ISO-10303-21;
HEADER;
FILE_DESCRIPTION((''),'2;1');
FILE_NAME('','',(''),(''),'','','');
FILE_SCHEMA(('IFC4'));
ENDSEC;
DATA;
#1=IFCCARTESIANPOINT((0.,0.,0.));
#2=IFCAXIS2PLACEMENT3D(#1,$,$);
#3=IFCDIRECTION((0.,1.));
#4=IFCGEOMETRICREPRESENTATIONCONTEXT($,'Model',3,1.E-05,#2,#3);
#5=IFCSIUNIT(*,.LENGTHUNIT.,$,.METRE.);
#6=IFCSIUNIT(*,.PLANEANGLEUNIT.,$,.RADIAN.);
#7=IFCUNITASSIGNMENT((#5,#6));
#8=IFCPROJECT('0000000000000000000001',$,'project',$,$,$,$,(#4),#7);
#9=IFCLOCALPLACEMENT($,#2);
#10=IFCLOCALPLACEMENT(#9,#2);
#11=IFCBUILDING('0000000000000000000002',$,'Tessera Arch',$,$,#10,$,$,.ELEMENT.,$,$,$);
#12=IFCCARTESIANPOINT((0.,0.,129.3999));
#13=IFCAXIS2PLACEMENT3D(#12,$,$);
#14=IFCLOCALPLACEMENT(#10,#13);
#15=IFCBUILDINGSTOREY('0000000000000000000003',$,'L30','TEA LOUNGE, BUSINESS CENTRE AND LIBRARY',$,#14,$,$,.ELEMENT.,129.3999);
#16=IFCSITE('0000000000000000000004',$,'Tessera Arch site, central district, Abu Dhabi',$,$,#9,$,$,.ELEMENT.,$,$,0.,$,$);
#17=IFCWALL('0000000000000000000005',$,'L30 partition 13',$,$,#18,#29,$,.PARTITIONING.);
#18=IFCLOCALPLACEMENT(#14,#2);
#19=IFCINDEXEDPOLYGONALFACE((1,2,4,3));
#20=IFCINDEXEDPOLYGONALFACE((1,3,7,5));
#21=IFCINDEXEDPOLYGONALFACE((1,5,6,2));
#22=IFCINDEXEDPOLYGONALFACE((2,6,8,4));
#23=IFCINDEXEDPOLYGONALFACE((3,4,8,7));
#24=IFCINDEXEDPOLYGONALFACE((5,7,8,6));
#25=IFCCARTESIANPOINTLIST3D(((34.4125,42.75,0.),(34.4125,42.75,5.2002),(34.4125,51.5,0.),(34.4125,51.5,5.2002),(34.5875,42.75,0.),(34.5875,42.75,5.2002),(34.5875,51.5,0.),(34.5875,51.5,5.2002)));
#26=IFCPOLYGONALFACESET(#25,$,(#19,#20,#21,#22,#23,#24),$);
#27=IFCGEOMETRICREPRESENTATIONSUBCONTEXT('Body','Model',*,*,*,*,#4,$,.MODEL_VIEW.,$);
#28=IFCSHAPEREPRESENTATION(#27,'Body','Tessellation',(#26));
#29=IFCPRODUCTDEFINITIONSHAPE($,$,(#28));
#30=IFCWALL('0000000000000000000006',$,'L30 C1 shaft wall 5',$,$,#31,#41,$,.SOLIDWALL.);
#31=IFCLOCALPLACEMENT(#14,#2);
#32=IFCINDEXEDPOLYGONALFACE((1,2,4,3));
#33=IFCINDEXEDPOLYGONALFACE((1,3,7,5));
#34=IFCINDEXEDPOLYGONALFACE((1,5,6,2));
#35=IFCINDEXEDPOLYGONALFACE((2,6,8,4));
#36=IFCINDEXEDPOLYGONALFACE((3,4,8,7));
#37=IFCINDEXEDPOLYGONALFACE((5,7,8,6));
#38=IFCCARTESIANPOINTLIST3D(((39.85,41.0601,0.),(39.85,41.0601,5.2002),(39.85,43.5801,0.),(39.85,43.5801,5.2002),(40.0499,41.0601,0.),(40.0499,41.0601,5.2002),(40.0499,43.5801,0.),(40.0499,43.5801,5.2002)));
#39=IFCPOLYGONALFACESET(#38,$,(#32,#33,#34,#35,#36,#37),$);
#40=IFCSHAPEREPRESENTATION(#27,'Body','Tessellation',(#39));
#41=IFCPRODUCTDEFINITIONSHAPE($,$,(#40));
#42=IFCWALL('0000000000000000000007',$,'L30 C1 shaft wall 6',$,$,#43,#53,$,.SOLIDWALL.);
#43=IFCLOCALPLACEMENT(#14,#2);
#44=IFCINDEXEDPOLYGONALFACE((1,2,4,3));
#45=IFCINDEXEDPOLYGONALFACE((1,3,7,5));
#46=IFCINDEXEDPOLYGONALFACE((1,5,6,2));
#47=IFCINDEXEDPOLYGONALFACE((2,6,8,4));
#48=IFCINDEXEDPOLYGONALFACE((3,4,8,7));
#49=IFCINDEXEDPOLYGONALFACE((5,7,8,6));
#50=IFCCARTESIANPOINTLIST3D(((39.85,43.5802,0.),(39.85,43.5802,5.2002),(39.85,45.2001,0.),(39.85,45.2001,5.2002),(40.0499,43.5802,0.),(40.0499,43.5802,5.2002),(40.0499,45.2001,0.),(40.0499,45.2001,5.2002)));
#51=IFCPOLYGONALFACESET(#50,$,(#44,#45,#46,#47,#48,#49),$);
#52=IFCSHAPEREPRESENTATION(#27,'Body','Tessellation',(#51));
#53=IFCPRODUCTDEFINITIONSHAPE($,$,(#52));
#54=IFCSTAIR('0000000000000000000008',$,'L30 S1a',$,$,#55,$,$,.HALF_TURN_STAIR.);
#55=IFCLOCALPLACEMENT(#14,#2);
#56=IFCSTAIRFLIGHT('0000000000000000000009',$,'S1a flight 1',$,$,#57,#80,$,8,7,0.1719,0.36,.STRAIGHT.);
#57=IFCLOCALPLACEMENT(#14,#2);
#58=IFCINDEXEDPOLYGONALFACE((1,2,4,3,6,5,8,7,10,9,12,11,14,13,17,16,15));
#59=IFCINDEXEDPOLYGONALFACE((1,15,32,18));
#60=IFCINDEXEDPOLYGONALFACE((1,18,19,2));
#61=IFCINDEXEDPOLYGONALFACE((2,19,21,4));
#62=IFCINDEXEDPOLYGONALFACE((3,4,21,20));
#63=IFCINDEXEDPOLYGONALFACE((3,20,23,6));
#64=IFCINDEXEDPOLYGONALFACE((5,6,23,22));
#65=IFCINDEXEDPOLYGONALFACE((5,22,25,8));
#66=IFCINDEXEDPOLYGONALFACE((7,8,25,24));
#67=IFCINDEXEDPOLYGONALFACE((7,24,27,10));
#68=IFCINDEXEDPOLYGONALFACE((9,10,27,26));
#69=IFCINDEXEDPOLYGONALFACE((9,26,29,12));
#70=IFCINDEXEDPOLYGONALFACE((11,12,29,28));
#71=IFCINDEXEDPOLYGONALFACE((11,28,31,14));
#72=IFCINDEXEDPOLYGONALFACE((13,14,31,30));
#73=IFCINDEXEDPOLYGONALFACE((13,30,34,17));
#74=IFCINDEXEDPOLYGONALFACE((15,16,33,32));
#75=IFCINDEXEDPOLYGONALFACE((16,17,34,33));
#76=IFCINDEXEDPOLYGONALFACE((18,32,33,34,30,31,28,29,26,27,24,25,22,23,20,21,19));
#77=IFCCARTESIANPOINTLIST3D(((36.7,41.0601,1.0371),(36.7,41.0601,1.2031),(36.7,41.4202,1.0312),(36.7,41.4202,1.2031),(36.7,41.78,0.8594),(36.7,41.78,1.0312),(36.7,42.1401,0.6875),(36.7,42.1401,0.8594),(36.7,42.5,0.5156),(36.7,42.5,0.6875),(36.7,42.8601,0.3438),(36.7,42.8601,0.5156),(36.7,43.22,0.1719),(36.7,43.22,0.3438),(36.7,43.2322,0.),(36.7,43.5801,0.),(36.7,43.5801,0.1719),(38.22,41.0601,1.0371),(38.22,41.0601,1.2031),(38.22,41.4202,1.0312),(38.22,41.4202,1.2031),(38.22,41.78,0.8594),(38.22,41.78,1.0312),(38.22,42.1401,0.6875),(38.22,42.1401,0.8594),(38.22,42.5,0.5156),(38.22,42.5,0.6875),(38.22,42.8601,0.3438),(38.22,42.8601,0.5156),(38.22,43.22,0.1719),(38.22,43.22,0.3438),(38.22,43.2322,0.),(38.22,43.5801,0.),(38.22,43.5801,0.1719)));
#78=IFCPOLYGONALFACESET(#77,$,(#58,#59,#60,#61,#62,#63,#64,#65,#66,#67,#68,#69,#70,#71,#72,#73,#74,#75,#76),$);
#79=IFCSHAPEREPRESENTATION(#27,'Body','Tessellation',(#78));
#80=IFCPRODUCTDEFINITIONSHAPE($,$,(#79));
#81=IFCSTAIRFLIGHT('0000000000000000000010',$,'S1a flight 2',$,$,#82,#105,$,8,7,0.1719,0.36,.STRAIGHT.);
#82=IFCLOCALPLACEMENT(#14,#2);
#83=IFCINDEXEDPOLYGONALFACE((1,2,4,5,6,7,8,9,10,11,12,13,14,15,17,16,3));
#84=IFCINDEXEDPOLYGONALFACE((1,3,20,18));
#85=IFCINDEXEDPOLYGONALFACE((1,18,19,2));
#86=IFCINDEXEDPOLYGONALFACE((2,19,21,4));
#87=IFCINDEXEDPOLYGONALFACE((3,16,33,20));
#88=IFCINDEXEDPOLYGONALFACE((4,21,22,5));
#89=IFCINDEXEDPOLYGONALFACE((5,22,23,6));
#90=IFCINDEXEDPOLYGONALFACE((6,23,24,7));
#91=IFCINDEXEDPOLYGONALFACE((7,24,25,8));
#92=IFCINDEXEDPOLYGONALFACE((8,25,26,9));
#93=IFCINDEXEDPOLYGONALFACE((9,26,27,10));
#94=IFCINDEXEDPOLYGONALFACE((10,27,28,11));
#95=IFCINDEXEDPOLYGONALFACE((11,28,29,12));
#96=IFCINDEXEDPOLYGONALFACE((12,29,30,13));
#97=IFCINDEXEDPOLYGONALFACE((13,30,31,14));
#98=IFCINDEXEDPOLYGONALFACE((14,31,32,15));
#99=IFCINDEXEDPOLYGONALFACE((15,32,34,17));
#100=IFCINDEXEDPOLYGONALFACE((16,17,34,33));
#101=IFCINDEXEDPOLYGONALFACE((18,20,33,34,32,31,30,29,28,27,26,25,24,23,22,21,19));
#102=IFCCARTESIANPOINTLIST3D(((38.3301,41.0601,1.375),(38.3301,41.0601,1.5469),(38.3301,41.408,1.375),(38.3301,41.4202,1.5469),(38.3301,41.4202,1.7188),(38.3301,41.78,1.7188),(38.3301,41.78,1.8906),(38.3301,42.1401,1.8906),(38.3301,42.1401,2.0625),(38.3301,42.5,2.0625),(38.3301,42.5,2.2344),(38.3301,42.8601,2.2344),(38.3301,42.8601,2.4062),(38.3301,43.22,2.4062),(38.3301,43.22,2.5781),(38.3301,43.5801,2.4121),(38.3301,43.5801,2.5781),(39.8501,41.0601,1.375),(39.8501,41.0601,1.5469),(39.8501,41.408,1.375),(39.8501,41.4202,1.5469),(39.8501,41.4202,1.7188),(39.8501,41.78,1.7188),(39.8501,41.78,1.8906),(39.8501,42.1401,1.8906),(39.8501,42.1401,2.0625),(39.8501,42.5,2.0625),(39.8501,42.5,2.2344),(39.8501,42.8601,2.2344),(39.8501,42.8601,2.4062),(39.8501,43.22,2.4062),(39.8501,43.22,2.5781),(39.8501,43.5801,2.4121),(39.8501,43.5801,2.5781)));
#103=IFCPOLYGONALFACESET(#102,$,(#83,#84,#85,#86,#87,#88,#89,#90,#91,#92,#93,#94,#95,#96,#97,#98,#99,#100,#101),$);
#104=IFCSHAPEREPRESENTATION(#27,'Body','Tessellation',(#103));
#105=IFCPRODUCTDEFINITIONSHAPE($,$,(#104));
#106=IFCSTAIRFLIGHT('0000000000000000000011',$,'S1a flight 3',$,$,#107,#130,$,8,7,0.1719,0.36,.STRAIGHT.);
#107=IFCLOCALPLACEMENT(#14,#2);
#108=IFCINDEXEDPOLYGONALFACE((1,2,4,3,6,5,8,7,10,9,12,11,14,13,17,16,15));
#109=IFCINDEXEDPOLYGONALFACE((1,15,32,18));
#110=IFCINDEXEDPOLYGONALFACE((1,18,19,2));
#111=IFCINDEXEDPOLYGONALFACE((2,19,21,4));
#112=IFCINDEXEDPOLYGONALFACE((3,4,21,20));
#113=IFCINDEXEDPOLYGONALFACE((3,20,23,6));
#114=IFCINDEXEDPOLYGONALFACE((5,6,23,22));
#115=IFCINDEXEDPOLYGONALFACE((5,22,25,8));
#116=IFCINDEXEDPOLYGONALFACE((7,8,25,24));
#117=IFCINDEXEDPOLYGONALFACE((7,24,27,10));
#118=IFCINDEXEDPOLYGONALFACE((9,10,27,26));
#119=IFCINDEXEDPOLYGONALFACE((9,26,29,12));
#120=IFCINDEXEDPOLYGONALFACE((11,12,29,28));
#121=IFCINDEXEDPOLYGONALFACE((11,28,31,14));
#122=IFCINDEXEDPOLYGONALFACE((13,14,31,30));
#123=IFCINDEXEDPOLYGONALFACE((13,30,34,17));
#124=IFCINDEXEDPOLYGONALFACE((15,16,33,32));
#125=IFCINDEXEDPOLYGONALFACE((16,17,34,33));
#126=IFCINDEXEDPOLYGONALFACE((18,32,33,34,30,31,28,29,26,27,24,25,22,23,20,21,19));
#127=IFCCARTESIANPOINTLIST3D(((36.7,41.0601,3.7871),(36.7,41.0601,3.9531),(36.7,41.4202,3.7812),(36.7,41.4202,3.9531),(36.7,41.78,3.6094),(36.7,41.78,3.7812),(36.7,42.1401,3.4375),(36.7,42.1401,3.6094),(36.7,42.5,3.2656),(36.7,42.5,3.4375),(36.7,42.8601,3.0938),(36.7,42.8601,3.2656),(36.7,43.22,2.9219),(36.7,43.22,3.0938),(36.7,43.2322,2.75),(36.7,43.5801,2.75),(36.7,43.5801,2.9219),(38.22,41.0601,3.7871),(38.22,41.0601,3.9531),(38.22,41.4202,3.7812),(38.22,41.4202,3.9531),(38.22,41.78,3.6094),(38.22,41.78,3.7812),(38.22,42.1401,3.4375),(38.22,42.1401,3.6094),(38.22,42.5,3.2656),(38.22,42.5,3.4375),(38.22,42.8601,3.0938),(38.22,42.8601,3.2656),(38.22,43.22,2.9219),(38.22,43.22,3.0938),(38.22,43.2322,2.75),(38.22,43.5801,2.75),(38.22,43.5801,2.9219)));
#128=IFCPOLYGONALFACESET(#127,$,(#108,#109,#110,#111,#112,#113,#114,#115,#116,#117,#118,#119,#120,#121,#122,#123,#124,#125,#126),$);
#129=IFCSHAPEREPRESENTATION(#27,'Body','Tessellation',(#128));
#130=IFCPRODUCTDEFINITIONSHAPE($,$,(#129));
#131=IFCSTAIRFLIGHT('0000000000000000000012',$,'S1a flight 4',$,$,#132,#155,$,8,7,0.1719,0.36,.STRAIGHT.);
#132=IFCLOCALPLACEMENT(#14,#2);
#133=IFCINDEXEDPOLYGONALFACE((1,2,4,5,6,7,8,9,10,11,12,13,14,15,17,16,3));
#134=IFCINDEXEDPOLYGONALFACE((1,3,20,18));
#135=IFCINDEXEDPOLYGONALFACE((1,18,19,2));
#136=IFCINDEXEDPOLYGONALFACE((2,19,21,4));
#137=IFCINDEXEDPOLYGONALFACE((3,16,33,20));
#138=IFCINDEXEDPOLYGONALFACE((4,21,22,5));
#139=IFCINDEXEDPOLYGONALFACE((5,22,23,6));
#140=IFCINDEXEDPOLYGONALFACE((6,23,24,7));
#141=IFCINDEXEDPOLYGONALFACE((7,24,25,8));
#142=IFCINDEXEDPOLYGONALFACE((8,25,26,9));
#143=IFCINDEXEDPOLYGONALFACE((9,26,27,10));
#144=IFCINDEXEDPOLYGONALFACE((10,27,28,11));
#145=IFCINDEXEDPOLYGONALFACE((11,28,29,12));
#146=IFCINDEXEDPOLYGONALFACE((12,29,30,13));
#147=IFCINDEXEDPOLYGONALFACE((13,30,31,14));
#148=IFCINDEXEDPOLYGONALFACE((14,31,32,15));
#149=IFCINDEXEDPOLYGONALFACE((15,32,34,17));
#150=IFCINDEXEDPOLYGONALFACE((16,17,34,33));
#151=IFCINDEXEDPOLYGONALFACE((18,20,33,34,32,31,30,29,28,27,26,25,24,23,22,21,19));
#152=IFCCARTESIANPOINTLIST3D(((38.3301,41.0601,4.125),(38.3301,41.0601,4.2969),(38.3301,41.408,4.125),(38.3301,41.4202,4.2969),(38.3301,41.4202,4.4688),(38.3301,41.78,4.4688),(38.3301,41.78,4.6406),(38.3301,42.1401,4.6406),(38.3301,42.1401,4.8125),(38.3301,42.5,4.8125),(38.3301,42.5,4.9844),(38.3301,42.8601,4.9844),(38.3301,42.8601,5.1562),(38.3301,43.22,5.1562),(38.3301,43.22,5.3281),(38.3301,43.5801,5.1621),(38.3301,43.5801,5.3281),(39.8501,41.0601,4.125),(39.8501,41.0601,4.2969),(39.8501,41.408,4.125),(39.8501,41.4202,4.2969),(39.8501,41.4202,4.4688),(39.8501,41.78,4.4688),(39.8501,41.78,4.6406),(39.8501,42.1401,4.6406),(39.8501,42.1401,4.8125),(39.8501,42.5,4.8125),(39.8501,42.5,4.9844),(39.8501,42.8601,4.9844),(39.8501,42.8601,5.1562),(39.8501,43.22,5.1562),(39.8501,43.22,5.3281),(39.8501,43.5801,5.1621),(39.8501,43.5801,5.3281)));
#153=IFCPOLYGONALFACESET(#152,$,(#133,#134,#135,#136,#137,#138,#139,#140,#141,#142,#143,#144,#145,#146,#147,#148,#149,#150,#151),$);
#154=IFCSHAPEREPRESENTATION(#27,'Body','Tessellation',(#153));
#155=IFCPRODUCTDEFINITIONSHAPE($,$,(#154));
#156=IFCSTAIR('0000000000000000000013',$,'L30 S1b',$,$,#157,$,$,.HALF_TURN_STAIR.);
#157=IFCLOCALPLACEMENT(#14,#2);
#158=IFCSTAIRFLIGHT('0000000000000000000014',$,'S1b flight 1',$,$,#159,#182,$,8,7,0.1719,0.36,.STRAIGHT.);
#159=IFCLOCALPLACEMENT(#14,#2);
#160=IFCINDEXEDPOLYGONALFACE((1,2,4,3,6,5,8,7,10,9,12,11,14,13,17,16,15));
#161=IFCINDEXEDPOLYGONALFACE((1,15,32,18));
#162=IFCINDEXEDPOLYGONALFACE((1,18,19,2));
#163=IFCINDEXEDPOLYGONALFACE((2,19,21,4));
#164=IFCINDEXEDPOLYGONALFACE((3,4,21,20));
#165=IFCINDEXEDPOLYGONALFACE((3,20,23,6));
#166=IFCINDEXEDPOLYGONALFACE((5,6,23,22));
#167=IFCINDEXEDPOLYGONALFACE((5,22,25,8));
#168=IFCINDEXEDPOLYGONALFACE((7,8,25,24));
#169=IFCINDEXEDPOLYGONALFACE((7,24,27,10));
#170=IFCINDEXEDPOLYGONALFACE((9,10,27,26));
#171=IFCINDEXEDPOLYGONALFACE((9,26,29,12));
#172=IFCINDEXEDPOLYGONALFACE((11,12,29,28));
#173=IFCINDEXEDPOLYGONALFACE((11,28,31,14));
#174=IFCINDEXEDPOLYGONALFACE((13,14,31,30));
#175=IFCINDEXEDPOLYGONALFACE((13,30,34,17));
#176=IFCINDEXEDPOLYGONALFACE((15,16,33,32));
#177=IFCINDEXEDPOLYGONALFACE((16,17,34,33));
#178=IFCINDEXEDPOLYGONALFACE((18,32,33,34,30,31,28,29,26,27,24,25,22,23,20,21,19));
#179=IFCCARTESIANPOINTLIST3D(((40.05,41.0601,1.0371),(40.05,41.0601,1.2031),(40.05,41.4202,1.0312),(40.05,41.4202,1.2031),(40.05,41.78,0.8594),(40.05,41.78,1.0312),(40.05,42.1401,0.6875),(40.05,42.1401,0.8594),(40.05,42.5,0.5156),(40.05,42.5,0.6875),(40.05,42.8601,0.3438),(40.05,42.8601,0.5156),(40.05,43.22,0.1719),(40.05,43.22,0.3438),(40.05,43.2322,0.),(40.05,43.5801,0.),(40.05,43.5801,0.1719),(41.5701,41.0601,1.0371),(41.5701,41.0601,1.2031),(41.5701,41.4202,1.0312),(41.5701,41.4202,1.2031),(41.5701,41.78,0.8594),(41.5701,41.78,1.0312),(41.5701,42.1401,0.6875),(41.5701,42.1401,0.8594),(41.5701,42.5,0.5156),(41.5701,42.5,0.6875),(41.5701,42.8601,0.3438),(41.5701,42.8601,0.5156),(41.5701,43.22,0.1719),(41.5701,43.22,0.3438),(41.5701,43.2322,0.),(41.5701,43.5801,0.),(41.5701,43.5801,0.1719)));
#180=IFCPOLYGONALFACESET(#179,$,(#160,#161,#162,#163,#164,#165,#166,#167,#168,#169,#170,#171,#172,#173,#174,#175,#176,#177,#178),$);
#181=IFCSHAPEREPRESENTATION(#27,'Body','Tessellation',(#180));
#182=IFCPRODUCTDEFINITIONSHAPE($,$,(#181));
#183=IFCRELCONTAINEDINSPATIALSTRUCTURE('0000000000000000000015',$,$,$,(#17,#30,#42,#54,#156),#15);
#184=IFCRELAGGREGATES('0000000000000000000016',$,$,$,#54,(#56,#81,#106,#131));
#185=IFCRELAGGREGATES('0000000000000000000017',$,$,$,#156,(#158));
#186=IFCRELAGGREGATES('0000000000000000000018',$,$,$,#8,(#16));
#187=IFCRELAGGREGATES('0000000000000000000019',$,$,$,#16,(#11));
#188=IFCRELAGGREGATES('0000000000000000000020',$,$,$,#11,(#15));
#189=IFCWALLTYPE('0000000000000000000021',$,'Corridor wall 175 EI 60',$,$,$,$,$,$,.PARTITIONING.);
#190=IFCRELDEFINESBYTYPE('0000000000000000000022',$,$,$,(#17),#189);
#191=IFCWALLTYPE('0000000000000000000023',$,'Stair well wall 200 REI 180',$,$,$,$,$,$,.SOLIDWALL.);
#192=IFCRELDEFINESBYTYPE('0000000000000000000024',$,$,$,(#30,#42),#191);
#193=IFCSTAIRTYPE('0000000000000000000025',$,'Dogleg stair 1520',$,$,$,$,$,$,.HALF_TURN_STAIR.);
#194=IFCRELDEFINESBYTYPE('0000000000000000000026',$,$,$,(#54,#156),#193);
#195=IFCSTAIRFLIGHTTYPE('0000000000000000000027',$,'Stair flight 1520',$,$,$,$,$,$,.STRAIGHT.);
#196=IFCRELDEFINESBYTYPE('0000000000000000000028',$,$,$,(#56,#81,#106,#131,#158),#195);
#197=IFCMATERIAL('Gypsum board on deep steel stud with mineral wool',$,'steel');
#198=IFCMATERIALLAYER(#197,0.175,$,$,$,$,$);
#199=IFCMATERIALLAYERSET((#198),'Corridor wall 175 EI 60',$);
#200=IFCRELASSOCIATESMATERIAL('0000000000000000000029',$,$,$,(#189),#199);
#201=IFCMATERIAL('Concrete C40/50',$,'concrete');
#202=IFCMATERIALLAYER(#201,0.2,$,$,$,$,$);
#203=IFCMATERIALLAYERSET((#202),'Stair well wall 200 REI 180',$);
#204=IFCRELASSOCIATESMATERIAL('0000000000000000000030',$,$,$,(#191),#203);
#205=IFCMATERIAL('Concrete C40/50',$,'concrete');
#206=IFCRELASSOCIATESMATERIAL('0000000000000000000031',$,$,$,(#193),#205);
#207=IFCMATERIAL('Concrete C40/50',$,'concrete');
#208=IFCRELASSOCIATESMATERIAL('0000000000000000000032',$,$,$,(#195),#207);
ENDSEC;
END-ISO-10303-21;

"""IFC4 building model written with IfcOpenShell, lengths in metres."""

from ifc_helpers import new_model, si_unit, direction, frame, frame_2d, origin, place, context, subcontext, project, spatial, polyline, rectangle, outline, extrude, material, layer, layer_set, type_object, element, aggregate, save


model = new_model("IFC4")

# Units and contexts
model_context = context("Model", 3, precision=1e-05, world=origin(), true_north=direction((0.0, 1.0)))
body_context = subcontext(model_context, "Body", "Model", "MODEL_VIEW")
ifc_project = project(units=[si_unit("LENGTHUNIT", "METRE"), si_unit("PLANEANGLEUNIT", "RADIAN")], contexts=[model_context])

# Site, building, storey
site_placement = place(None, origin())
site = spatial("IfcSite", under=ifc_project, at=site_placement, Name="Tessera Arch site, central district, Abu Dhabi", CompositionType="ELEMENT", RefElevation=0.0)
building_placement = place(site_placement, origin())
building = spatial("IfcBuilding", under=site, at=building_placement, Name="Tessera Arch", CompositionType="ELEMENT")
storey_placement = place(building_placement, frame((0.0, 0.0, 129.3999)))
storey = spatial("IfcBuildingStorey", under=building, at=storey_placement, Name="L30", Description="TEA LOUNGE, BUSINESS CENTRE AND LIBRARY", CompositionType="ELEMENT", Elevation=129.3999)

# Walls
ifc_material_1 = material(Name="Gypsum board on deep steel stud with mineral wool", Category="steel")
ifc_layer_1 = layer(ifc_material_1, 0.175)
ifc_layer_set_1 = layer_set([ifc_layer_1], Name="Corridor wall 175 EI 60")
wall_type_1 = type_object("IfcWallType", Name="Corridor wall 175 EI 60", PredefinedType="PARTITIONING", material=ifc_layer_set_1)
wall_1_placement = place(storey_placement, frame((34.5, 42.75, 0.0), z_axis=(0.0, 0.0, 1.0), x_axis=(0.0, 1.0, 0.0)))
element("IfcWall", 1, at=wall_1_placement, inside=storey, type_object=wall_type_1, Name="L30 partition 13", PredefinedType="PARTITIONING", context=body_context, shape_type="SweptSolid", body=[
    extrude(rectangle(XDim=8.75, YDim=0.175, at=frame_2d((4.375, 0.0))), origin(), (0.0, 0.0, 1.0), 5.2002),
])
ifc_material_2 = material(Name="Concrete C40/50", Category="concrete")
ifc_layer_2 = layer(ifc_material_2, 0.2)
ifc_layer_set_2 = layer_set([ifc_layer_2], Name="Stair well wall 200 REI 180")
wall_type_2 = type_object("IfcWallType", Name="Stair well wall 200 REI 180", PredefinedType="SOLIDWALL", material=ifc_layer_set_2)
wall_2_placement = place(storey_placement, frame((39.95, 41.0601, 0.0), z_axis=(0.0, 0.0, 1.0), x_axis=(0.0, 1.0, 0.0)))
element("IfcWall", 2, at=wall_2_placement, inside=storey, type_object=wall_type_2, Name="L30 C1 shaft wall 5", PredefinedType="SOLIDWALL", context=body_context, shape_type="SweptSolid", body=[
    extrude(rectangle(XDim=2.52, YDim=0.2, at=frame_2d((1.26, 0.0))), origin(), (0.0, 0.0, 1.0), 5.2002),
])
wall_3_placement = place(storey_placement, frame((39.95, 43.5801, 0.0), z_axis=(0.0, 0.0, 1.0), x_axis=(0.0, 1.0, 0.0)))
element("IfcWall", 3, at=wall_3_placement, inside=storey, type_object=wall_type_2, Name="L30 C1 shaft wall 6", PredefinedType="SOLIDWALL", context=body_context, shape_type="SweptSolid", body=[
    extrude(rectangle(XDim=1.6199, YDim=0.2, at=frame_2d((0.8101, 0.0))), origin(), (0.0, 0.0, 1.0), 5.2002),
])

# Stairs, stair flights
ifc_material_3 = material(Name="Concrete C40/50", Category="concrete")
stair_type = type_object("IfcStairType", Name="Dogleg stair 1520", PredefinedType="HALF_TURN_STAIR", material=ifc_material_3)
stair_1_placement = place(storey_placement, origin())
stair_1 = element("IfcStair", 4, at=stair_1_placement, inside=storey, type_object=stair_type, Name="L30 S1a", PredefinedType="HALF_TURN_STAIR")
ifc_material_4 = material(Name="Concrete C40/50", Category="concrete")
stair_flight_type = type_object("IfcStairFlightType", Name="Stair flight 1520", PredefinedType="STRAIGHT", material=ifc_material_4)
stair_flight_1_placement = place(storey_placement, frame((37.46, 43.5801, 0.0), z_axis=(0.0, 0.0, 1.0), x_axis=(0.0, -1.0, 0.0)))
stair_flight_1 = element("IfcStairFlight", 5, at=stair_flight_1_placement, type_object=stair_flight_type, Name="S1a flight 1", NumberOfRisers=8, NumberOfTreads=7, PredefinedType="STRAIGHT", RiserHeight=0.1719, TreadLength=0.36, context=body_context, shape_type="SweptSolid", body=[
    extrude(outline(polyline([(0.0, 0.0), (0.0, 0.1719), (0.3601, 0.1719), (0.3601, 0.3438), (0.72, 0.3438), (0.72, 0.5156), (1.0801, 0.5156), (1.0801, 0.6875), (1.4399, 0.6875), (1.4399, 0.8594), (1.8, 0.8594), (1.8, 1.0312), (2.1599, 1.0312), (2.1599, 1.2031), (2.52, 1.2031), (2.52, 1.375), (2.52, 1.0371), (0.3479, 0.0), (0.0, 0.0)])), frame((0.0, 0.76, 0.0), z_axis=(0.0, -1.0, 0.0), x_axis=(1.0, 0.0, 0.0)), (0.0, 0.0, 1.0), 1.52),
])
stair_flight_2_placement = place(storey_placement, frame((39.0901, 41.0601, 1.375), z_axis=(0.0, 0.0, 1.0), x_axis=(0.0, 1.0, 0.0)))
stair_flight_2 = element("IfcStairFlight", 6, at=stair_flight_2_placement, type_object=stair_flight_type, Name="S1a flight 2", NumberOfRisers=8, NumberOfTreads=7, PredefinedType="STRAIGHT", RiserHeight=0.1719, TreadLength=0.36, context=body_context, shape_type="SweptSolid", body=[
    extrude(outline(polyline([(0.0, 0.0), (0.0, 0.1719), (0.3601, 0.1719), (0.3601, 0.3438), (0.72, 0.3438), (0.72, 0.5156), (1.0801, 0.5156), (1.0801, 0.6875), (1.4399, 0.6875), (1.4399, 0.8594), (1.8, 0.8594), (1.8, 1.0312), (2.1599, 1.0312), (2.1599, 1.2031), (2.52, 1.2031), (2.52, 1.375), (2.52, 1.0371), (0.3479, 0.0), (0.0, 0.0)])), frame((0.0, 0.76, 0.0), z_axis=(0.0, -1.0, 0.0), x_axis=(1.0, 0.0, 0.0)), (0.0, 0.0, 1.0), 1.52),
])
stair_flight_3_placement = place(storey_placement, frame((37.46, 43.5801, 2.75), z_axis=(0.0, 0.0, 1.0), x_axis=(0.0, -1.0, 0.0)))
stair_flight_3 = element("IfcStairFlight", 7, at=stair_flight_3_placement, type_object=stair_flight_type, Name="S1a flight 3", NumberOfRisers=8, NumberOfTreads=7, PredefinedType="STRAIGHT", RiserHeight=0.1719, TreadLength=0.36, context=body_context, shape_type="SweptSolid", body=[
    extrude(outline(polyline([(0.0, 0.0), (0.0, 0.1719), (0.3601, 0.1719), (0.3601, 0.3438), (0.72, 0.3438), (0.72, 0.5156), (1.0801, 0.5156), (1.0801, 0.6875), (1.4399, 0.6875), (1.4399, 0.8594), (1.8, 0.8594), (1.8, 1.0312), (2.1599, 1.0312), (2.1599, 1.2031), (2.52, 1.2031), (2.52, 1.375), (2.52, 1.0371), (0.3479, 0.0), (0.0, 0.0)])), frame((0.0, 0.76, 0.0), z_axis=(0.0, -1.0, 0.0), x_axis=(1.0, 0.0, 0.0)), (0.0, 0.0, 1.0), 1.52),
])
stair_flight_4_placement = place(storey_placement, frame((39.0901, 41.0601, 4.125), z_axis=(0.0, 0.0, 1.0), x_axis=(0.0, 1.0, 0.0)))
stair_flight_4 = element("IfcStairFlight", 8, at=stair_flight_4_placement, type_object=stair_flight_type, Name="S1a flight 4", NumberOfRisers=8, NumberOfTreads=7, PredefinedType="STRAIGHT", RiserHeight=0.1719, TreadLength=0.36, context=body_context, shape_type="SweptSolid", body=[
    extrude(outline(polyline([(0.0, 0.0), (0.0, 0.1719), (0.3601, 0.1719), (0.3601, 0.3438), (0.72, 0.3438), (0.72, 0.5156), (1.0801, 0.5156), (1.0801, 0.6875), (1.4399, 0.6875), (1.4399, 0.8594), (1.8, 0.8594), (1.8, 1.0312), (2.1599, 1.0312), (2.1599, 1.2031), (2.52, 1.2031), (2.52, 1.375), (2.52, 1.0371), (0.3479, 0.0), (0.0, 0.0)])), frame((0.0, 0.76, 0.0), z_axis=(0.0, -1.0, 0.0), x_axis=(1.0, 0.0, 0.0)), (0.0, 0.0, 1.0), 1.52),
])
aggregate(stair_1, [stair_flight_1, stair_flight_2, stair_flight_3, stair_flight_4])
stair_2_placement = place(storey_placement, origin())
stair_2 = element("IfcStair", 9, at=stair_2_placement, inside=storey, type_object=stair_type, Name="L30 S1b", PredefinedType="HALF_TURN_STAIR")
stair_flight_5_placement = place(storey_placement, frame((40.8101, 43.5801, 0.0), z_axis=(0.0, 0.0, 1.0), x_axis=(0.0, -1.0, 0.0)))
stair_flight_5 = element("IfcStairFlight", 10, at=stair_flight_5_placement, type_object=stair_flight_type, Name="S1b flight 1", NumberOfRisers=8, NumberOfTreads=7, PredefinedType="STRAIGHT", RiserHeight=0.1719, TreadLength=0.36, context=body_context, shape_type="SweptSolid", body=[
    extrude(outline(polyline([(0.0, 0.0), (0.0, 0.1719), (0.3601, 0.1719), (0.3601, 0.3438), (0.72, 0.3438), (0.72, 0.5156), (1.0801, 0.5156), (1.0801, 0.6875), (1.4399, 0.6875), (1.4399, 0.8594), (1.8, 0.8594), (1.8, 1.0312), (2.1599, 1.0312), (2.1599, 1.2031), (2.52, 1.2031), (2.52, 1.375), (2.52, 1.0371), (0.3479, 0.0), (0.0, 0.0)])), frame((0.0, 0.76, 0.0), z_axis=(0.0, -1.0, 0.0), x_axis=(1.0, 0.0, 0.0)), (0.0, 0.0, 1.0), 1.52),
])
aggregate(stair_2, [stair_flight_5])

save(model, "model.ifc")
